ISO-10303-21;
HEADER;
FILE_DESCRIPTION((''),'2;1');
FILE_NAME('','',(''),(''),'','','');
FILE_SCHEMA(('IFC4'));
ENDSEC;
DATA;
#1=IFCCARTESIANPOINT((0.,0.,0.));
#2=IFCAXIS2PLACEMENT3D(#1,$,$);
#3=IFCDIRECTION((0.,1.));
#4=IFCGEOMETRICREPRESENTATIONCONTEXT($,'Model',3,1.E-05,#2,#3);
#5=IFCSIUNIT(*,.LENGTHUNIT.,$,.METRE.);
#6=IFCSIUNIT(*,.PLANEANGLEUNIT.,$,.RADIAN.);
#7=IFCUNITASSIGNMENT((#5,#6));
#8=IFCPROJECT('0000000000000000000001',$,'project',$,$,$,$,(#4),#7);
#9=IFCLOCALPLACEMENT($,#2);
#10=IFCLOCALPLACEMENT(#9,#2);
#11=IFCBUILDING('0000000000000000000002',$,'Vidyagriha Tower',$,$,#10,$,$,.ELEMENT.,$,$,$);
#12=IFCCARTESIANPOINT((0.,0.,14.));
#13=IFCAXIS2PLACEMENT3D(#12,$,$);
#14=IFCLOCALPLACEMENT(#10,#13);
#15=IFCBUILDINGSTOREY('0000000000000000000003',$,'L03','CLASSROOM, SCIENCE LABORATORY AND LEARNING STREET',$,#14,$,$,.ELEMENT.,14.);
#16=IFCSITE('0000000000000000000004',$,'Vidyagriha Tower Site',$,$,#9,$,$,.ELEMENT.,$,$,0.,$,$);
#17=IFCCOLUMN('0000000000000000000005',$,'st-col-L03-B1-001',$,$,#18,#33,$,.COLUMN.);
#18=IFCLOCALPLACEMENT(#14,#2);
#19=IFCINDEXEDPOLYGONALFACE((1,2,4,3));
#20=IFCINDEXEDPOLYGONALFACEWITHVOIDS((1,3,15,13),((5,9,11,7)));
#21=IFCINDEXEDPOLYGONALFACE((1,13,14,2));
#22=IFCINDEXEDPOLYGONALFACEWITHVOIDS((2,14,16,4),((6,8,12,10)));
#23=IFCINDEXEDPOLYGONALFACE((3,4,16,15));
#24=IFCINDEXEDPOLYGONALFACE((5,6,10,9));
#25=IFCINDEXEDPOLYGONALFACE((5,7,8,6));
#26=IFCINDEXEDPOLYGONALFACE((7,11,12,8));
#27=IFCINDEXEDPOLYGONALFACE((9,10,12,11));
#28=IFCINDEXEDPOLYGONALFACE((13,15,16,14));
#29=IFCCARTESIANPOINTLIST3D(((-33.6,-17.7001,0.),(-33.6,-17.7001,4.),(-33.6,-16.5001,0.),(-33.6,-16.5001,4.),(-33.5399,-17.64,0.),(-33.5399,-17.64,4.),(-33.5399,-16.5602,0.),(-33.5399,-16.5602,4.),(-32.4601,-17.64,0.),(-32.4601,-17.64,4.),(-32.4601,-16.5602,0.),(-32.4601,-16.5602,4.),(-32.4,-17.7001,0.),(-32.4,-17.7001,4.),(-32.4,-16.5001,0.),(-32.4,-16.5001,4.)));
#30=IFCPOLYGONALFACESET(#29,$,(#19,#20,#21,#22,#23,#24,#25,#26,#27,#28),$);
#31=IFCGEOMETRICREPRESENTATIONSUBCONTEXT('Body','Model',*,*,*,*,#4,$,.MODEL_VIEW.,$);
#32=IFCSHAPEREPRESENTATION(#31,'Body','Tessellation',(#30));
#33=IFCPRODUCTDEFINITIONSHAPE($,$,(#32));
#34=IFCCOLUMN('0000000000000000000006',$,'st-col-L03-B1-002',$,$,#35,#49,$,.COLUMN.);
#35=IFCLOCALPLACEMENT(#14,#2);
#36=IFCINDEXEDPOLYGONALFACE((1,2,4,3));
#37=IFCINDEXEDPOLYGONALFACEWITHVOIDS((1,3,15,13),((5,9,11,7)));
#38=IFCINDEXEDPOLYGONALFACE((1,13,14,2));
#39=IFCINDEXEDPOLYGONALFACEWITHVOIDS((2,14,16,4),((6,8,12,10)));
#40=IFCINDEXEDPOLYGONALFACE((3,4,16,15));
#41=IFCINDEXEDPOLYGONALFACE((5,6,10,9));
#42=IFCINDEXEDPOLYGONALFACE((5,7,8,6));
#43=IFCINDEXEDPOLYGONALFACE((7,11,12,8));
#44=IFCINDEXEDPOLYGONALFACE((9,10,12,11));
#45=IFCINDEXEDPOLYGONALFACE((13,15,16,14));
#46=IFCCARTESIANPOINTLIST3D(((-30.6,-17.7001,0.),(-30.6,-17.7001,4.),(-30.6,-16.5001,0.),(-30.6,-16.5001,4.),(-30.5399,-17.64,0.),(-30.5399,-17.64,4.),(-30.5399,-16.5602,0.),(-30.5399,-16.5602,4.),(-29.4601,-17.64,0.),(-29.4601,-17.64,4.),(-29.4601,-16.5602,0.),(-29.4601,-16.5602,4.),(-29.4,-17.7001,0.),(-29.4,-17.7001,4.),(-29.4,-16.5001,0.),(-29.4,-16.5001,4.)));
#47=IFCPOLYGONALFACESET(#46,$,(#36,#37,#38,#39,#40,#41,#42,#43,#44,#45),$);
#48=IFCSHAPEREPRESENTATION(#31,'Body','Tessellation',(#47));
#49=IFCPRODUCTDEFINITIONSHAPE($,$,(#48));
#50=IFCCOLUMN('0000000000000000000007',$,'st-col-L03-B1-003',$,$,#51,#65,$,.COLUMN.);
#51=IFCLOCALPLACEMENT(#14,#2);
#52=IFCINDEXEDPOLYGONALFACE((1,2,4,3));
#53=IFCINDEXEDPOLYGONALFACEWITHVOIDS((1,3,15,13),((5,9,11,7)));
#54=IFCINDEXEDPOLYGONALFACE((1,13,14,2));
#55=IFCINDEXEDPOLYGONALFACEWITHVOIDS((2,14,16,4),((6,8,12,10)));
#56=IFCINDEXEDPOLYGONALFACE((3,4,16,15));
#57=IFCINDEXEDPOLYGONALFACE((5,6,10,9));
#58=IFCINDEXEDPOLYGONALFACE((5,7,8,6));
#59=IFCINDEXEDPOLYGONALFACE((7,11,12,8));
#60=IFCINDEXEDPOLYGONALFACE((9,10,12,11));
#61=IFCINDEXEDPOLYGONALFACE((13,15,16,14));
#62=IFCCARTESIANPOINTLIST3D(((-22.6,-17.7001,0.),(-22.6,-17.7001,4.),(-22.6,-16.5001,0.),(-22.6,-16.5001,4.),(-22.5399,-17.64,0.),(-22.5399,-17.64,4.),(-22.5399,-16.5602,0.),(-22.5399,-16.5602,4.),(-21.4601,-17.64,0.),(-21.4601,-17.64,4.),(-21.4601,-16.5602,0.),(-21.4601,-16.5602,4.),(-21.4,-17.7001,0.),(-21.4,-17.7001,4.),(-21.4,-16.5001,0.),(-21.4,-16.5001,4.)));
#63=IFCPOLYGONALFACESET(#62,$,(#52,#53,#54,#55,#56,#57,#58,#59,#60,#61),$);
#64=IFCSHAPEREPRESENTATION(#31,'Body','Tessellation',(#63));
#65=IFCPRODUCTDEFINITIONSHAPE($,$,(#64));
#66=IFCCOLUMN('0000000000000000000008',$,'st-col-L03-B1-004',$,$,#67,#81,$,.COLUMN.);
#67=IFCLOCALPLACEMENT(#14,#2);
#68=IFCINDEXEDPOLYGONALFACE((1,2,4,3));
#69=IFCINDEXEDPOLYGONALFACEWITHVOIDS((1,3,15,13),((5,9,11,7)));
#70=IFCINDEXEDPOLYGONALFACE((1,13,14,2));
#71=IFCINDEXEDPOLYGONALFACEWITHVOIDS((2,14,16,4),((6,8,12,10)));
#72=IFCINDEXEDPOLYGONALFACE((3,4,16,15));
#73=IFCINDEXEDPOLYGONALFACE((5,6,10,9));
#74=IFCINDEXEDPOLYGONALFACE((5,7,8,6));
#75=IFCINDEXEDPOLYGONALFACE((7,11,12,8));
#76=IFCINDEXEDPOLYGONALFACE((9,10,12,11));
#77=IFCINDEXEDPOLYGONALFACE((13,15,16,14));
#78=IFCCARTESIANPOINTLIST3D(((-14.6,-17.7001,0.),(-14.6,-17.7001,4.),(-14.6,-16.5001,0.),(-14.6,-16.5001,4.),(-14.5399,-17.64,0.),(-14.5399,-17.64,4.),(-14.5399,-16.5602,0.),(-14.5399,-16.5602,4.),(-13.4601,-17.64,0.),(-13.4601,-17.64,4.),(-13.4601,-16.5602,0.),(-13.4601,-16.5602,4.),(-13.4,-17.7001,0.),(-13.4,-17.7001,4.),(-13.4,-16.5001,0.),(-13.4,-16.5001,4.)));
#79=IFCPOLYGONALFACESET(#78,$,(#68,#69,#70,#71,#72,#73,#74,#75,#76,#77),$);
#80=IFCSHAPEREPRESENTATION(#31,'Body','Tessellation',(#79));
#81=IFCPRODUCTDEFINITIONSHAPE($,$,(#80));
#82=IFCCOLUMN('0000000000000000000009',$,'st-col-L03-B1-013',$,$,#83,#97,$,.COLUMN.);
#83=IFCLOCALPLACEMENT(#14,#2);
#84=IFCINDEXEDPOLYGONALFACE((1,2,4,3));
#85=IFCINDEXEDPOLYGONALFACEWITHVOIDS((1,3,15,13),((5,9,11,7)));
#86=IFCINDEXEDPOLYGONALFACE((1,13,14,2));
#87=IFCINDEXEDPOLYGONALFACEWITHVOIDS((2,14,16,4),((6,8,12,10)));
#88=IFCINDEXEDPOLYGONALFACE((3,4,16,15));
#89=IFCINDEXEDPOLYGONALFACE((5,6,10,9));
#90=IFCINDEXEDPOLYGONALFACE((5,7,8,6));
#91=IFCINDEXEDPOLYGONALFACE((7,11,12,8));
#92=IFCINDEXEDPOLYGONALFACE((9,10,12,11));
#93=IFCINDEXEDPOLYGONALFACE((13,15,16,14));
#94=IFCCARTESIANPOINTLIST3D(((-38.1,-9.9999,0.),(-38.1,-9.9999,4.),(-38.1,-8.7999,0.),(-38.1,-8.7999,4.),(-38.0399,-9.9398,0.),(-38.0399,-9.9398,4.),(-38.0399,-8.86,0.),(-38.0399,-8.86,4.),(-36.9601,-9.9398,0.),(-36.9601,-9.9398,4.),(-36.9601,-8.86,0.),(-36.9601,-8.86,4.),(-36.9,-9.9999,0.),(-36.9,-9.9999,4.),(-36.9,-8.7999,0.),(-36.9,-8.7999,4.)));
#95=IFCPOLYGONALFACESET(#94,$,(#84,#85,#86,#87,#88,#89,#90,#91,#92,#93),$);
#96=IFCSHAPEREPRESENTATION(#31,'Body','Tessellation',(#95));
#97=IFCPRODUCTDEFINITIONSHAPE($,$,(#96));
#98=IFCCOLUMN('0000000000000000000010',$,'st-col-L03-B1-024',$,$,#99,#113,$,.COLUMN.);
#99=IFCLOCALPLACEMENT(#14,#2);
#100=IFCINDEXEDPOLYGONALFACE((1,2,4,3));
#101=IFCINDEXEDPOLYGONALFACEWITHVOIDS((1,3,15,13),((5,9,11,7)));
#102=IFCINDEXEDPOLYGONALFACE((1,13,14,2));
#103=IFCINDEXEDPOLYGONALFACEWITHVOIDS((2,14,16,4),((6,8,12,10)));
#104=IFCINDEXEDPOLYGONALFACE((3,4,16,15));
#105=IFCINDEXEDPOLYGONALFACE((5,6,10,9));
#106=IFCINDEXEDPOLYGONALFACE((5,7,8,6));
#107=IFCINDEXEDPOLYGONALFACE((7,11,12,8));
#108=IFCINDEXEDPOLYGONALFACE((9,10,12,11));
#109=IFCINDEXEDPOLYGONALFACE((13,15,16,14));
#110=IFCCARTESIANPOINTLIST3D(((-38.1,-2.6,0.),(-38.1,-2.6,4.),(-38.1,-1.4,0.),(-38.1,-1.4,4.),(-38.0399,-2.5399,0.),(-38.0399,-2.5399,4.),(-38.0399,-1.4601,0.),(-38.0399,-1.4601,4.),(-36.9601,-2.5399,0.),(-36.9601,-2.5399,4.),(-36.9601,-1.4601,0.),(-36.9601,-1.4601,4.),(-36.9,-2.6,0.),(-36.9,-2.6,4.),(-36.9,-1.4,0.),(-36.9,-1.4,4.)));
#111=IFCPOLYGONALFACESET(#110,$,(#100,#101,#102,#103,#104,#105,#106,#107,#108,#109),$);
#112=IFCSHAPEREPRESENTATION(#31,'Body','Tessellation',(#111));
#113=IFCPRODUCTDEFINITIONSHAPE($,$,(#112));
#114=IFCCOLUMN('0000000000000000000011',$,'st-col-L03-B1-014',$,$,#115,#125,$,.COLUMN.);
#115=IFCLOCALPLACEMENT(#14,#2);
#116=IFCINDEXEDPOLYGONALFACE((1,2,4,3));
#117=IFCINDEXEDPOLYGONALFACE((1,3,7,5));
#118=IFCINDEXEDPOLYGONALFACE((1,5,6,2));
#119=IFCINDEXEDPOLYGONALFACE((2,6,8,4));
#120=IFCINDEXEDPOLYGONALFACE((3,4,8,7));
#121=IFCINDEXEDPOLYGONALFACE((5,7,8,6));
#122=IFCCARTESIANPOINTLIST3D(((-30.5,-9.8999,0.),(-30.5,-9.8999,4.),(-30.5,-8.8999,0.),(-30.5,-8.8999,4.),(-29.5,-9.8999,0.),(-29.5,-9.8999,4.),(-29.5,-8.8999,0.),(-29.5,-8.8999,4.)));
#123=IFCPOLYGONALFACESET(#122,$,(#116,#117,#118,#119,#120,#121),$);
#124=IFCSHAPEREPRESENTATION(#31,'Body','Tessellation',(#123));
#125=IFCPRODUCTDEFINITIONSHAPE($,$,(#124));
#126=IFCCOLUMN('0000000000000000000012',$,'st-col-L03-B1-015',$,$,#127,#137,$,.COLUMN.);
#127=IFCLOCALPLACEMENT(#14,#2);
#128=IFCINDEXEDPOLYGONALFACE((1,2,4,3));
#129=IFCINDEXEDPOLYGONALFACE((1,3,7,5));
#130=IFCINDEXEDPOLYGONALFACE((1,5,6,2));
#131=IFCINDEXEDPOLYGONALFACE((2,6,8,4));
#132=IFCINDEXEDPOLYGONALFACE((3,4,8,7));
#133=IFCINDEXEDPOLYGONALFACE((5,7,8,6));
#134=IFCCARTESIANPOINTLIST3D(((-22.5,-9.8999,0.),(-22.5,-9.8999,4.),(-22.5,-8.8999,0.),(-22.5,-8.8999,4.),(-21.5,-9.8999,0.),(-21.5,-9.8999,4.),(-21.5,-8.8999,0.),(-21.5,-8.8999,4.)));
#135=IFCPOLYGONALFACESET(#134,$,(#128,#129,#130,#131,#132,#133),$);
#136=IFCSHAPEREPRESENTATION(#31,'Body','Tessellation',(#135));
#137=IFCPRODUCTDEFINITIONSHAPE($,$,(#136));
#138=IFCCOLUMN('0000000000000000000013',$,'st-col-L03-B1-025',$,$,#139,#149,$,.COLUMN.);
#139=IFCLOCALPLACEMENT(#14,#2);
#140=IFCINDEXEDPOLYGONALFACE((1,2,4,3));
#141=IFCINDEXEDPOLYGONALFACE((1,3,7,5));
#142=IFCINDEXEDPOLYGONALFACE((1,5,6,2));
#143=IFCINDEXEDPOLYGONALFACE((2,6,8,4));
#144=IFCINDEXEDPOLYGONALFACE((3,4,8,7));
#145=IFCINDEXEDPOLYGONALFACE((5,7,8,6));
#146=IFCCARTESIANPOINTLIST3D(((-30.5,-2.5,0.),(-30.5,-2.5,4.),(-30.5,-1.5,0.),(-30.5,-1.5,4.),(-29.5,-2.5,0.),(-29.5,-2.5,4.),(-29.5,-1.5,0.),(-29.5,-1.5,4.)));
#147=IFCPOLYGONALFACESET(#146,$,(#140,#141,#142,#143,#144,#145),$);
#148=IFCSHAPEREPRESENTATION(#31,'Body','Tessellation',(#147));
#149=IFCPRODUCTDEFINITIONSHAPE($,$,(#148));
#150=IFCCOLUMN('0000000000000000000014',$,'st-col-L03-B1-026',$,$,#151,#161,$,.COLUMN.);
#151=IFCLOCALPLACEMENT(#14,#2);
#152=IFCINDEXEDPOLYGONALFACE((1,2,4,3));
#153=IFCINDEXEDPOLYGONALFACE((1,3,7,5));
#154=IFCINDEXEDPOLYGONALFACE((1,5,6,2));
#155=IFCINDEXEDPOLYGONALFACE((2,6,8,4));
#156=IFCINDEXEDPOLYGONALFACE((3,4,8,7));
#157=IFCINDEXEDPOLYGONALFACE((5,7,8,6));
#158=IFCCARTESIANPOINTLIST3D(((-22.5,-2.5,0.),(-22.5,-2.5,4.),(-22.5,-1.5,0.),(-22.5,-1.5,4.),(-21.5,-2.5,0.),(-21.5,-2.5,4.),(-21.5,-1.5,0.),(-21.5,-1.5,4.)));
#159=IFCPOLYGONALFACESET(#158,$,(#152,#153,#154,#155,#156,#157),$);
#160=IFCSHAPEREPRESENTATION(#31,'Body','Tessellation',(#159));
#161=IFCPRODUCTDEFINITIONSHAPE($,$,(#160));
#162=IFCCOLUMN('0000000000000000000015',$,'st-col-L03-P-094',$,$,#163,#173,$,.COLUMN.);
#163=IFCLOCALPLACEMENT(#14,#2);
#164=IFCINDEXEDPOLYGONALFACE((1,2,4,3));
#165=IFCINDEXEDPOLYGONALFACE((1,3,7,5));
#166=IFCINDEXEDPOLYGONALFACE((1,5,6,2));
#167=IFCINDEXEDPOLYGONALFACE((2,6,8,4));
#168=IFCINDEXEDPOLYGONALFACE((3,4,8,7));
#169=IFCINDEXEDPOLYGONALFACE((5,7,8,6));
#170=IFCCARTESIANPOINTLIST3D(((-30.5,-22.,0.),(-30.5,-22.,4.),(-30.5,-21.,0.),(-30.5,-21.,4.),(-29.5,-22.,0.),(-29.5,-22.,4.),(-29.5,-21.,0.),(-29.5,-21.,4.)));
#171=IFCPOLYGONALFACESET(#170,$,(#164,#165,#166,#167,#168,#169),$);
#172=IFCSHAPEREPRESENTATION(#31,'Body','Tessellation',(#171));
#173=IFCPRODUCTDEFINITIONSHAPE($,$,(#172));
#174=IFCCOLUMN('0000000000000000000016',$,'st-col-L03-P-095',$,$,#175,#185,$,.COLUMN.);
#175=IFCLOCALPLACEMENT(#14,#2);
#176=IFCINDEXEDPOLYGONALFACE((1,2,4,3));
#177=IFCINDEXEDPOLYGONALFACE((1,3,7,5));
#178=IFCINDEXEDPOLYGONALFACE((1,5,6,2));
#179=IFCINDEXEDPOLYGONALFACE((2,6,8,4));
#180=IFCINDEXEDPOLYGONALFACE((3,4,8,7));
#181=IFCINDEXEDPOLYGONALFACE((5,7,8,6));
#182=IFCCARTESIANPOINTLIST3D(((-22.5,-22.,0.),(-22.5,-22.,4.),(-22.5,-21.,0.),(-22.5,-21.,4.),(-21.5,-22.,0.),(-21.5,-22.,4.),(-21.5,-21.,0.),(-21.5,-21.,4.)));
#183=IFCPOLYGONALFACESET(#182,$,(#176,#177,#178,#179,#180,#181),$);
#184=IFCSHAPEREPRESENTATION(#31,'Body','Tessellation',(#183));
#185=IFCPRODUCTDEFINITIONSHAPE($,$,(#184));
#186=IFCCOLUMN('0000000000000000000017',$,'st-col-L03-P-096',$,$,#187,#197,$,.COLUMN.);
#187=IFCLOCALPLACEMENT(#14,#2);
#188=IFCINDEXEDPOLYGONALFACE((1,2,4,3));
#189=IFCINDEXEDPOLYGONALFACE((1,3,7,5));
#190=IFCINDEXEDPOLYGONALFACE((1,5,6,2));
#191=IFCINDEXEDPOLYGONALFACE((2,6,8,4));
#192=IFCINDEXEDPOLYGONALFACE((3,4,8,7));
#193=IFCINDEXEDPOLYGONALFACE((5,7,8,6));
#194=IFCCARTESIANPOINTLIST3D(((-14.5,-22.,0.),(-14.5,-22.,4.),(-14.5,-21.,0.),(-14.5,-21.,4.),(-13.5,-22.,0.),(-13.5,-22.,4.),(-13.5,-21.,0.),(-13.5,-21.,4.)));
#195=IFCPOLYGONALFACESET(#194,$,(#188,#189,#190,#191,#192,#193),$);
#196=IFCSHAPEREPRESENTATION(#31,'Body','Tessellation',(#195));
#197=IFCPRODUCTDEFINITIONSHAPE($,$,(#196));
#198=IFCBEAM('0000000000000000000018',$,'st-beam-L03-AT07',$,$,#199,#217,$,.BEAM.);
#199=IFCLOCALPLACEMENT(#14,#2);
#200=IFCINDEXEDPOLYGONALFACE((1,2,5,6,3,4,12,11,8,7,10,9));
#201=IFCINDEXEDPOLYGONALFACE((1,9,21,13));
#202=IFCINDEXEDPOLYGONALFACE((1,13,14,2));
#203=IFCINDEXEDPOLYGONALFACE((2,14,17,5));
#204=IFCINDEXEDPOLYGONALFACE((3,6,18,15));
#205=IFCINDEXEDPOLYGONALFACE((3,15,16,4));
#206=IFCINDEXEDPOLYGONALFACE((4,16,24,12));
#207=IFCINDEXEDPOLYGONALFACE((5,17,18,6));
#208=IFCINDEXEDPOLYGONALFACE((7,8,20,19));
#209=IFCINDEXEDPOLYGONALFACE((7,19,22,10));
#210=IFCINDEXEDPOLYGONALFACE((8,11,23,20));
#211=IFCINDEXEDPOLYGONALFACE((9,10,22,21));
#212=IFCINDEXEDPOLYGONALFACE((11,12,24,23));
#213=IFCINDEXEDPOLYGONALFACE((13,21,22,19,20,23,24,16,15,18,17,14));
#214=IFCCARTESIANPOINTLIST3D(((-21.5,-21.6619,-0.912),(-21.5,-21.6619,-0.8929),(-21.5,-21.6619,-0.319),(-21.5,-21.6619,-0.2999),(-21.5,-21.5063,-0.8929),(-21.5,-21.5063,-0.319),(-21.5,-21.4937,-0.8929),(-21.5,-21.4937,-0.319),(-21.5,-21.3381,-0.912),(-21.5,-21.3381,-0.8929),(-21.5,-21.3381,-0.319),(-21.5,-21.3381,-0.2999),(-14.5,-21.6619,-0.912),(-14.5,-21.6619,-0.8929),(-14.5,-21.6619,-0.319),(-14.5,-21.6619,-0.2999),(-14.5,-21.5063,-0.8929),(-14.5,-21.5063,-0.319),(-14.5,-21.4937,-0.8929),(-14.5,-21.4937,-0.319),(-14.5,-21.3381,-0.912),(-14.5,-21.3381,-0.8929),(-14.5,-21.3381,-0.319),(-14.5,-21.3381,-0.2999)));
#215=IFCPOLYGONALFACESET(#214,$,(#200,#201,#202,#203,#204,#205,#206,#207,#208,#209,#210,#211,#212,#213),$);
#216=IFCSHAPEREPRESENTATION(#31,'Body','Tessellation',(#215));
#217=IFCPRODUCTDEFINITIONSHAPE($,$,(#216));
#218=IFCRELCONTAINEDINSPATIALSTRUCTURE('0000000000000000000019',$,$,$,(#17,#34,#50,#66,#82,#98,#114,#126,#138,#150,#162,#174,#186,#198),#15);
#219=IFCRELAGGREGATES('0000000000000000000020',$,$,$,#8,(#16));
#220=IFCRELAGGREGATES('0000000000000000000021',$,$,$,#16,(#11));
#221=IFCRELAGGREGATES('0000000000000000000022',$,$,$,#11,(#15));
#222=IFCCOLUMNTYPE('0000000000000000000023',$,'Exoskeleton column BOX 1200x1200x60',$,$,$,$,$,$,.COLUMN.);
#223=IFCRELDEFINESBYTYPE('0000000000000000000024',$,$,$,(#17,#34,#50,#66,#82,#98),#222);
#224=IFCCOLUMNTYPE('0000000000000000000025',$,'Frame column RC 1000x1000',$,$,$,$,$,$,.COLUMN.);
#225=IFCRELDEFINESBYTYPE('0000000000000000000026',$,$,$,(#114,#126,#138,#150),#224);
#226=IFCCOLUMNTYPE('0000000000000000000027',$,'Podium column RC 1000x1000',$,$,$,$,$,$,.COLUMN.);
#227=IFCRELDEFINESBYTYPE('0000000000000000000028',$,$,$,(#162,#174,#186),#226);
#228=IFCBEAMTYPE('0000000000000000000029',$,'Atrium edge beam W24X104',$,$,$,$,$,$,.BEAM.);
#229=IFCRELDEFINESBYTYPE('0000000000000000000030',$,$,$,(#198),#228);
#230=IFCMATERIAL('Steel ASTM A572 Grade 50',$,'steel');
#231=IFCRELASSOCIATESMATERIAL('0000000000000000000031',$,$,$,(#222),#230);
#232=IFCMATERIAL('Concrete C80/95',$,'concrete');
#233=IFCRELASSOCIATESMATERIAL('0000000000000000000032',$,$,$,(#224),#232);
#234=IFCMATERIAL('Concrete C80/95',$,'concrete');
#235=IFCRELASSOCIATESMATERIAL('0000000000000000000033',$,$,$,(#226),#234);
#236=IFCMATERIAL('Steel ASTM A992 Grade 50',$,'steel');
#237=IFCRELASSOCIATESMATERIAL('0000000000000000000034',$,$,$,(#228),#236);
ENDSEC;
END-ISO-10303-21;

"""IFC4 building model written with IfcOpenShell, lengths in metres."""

from ifc_helpers import new_model, si_unit, direction, frame, origin, origin_2d, place, context, subcontext, project, spatial, rectangle, hollow_rectangle, i_section, extrude, material, material_profile, profile_set, type_object, element, save


model = new_model("IFC4")

# Units and contexts
model_context = context("Model", 3, precision=1e-05, world=origin(), true_north=direction((0.0, 1.0)))
body_context = subcontext(model_context, "Body", "Model", "MODEL_VIEW")
ifc_project = project(units=[si_unit("LENGTHUNIT", "METRE"), si_unit("PLANEANGLEUNIT", "RADIAN")], contexts=[model_context])

# Site, building, storey
site_placement = place(None, origin())
site = spatial("IfcSite", under=ifc_project, at=site_placement, Name="Vidyagriha Tower Site", CompositionType="ELEMENT", RefElevation=0.0)
building_placement = place(site_placement, origin())
building = spatial("IfcBuilding", under=site, at=building_placement, Name="Vidyagriha Tower", CompositionType="ELEMENT")
storey_placement = place(building_placement, frame((0.0, 0.0, 14.0)))
storey = spatial("IfcBuildingStorey", under=building, at=storey_placement, Name="L03", Description="CLASSROOM, SCIENCE LABORATORY AND LEARNING STREET", CompositionType="ELEMENT", Elevation=14.0)

# Columns
ifc_material_1 = material(Name="Steel ASTM A572 Grade 50", Category="steel")
ifc_material_profile_1 = material_profile(ifc_material_1, hollow_rectangle(XDim=1.2, YDim=1.2, WallThickness=0.0601, at=origin_2d()), Name="BOX 1200x1200x60")
ifc_profile_set_1 = profile_set([ifc_material_profile_1], Name="Steel ASTM A572 Grade 50")
column_type_1 = type_object("IfcColumnType", Name="Exoskeleton column BOX 1200x1200x60", PredefinedType="COLUMN", material=ifc_profile_set_1)
for number, where, name in (
    (1, (-33.0, -17.1001, 0.0), "st-col-L03-B1-001"),
    (2, (-30.0, -17.1001, 0.0), "st-col-L03-B1-002"),
    (3, (-22.0, -17.1001, 0.0), "st-col-L03-B1-003"),
    (4, (-14.0, -17.1001, 0.0), "st-col-L03-B1-004"),
    (5, (-37.5, -9.3999, 0.0), "st-col-L03-B1-013"),
    (6, (-37.5, -2.0, 0.0), "st-col-L03-B1-024"),
):
    element("IfcColumn", number, at=place(storey_placement, frame(where)), inside=storey, type_object=column_type_1, Name=name, PredefinedType="COLUMN", context=body_context, shape_type="SweptSolid", body=[
        extrude(hollow_rectangle(XDim=1.2, YDim=1.2, WallThickness=0.0601, at=origin_2d()), origin(), (0.0, 0.0, 1.0), 4.0),
    ])
ifc_material_2 = material(Name="Concrete C80/95", Category="concrete")
ifc_material_profile_2 = material_profile(ifc_material_2, rectangle(XDim=1.0, YDim=1.0, at=origin_2d()), Name="RC 1000x1000")
ifc_profile_set_2 = profile_set([ifc_material_profile_2], Name="Concrete C80/95")
column_type_2 = type_object("IfcColumnType", Name="Frame column RC 1000x1000", PredefinedType="COLUMN", material=ifc_profile_set_2)
for number, where, name in (
    (7, (-30.0, -9.3999, 0.0), "st-col-L03-B1-014"),
    (8, (-22.0, -9.3999, 0.0), "st-col-L03-B1-015"),
    (9, (-30.0, -2.0, 0.0), "st-col-L03-B1-025"),
    (10, (-22.0, -2.0, 0.0), "st-col-L03-B1-026"),
):
    element("IfcColumn", number, at=place(storey_placement, frame(where)), inside=storey, type_object=column_type_2, Name=name, PredefinedType="COLUMN", context=body_context, shape_type="SweptSolid", body=[
        extrude(rectangle(XDim=1.0, YDim=1.0, at=origin_2d()), origin(), (0.0, 0.0, 1.0), 4.0),
    ])
ifc_material_3 = material(Name="Concrete C80/95", Category="concrete")
ifc_material_profile_3 = material_profile(ifc_material_3, rectangle(XDim=1.0, YDim=1.0, at=origin_2d()), Name="RC 1000x1000")
ifc_profile_set_3 = profile_set([ifc_material_profile_3], Name="Concrete C80/95")
column_type_3 = type_object("IfcColumnType", Name="Podium column RC 1000x1000", PredefinedType="COLUMN", material=ifc_profile_set_3)
for number, where, name in (
    (11, (-30.0, -21.5, 0.0), "st-col-L03-P-094"),
    (12, (-22.0, -21.5, 0.0), "st-col-L03-P-095"),
    (13, (-14.0, -21.5, 0.0), "st-col-L03-P-096"),
):
    element("IfcColumn", number, at=place(storey_placement, frame(where)), inside=storey, type_object=column_type_3, Name=name, PredefinedType="COLUMN", context=body_context, shape_type="SweptSolid", body=[
        extrude(rectangle(XDim=1.0, YDim=1.0, at=origin_2d()), origin(), (0.0, 0.0, 1.0), 4.0),
    ])

# Beam
ifc_material_4 = material(Name="Steel ASTM A992 Grade 50", Category="steel")
ifc_material_profile_4 = material_profile(ifc_material_4, i_section(OverallWidth=0.3237, OverallDepth=0.6121, WebThickness=0.0127, FlangeThickness=0.019, at=origin_2d()), Name="W24X104")
ifc_profile_set_4 = profile_set([ifc_material_profile_4], Name="Steel ASTM A992 Grade 50")
beam_type = type_object("IfcBeamType", Name="Atrium edge beam W24X104", PredefinedType="BEAM", material=ifc_profile_set_4)
beam_placement = place(storey_placement, frame((-21.5, -21.5, -0.606), z_axis=(1.0, 0.0, 0.0), x_axis=(0.0, 1.0, 0.0)))
element("IfcBeam", 14, at=beam_placement, inside=storey, type_object=beam_type, Name="st-beam-L03-AT07", PredefinedType="BEAM", context=body_context, shape_type="SweptSolid", body=[
    extrude(i_section(OverallWidth=0.3237, OverallDepth=0.6121, WebThickness=0.0127, FlangeThickness=0.019, at=origin_2d()), origin(), (0.0, 0.0, 1.0), 7.0),
])

save(model, "model.ifc")
